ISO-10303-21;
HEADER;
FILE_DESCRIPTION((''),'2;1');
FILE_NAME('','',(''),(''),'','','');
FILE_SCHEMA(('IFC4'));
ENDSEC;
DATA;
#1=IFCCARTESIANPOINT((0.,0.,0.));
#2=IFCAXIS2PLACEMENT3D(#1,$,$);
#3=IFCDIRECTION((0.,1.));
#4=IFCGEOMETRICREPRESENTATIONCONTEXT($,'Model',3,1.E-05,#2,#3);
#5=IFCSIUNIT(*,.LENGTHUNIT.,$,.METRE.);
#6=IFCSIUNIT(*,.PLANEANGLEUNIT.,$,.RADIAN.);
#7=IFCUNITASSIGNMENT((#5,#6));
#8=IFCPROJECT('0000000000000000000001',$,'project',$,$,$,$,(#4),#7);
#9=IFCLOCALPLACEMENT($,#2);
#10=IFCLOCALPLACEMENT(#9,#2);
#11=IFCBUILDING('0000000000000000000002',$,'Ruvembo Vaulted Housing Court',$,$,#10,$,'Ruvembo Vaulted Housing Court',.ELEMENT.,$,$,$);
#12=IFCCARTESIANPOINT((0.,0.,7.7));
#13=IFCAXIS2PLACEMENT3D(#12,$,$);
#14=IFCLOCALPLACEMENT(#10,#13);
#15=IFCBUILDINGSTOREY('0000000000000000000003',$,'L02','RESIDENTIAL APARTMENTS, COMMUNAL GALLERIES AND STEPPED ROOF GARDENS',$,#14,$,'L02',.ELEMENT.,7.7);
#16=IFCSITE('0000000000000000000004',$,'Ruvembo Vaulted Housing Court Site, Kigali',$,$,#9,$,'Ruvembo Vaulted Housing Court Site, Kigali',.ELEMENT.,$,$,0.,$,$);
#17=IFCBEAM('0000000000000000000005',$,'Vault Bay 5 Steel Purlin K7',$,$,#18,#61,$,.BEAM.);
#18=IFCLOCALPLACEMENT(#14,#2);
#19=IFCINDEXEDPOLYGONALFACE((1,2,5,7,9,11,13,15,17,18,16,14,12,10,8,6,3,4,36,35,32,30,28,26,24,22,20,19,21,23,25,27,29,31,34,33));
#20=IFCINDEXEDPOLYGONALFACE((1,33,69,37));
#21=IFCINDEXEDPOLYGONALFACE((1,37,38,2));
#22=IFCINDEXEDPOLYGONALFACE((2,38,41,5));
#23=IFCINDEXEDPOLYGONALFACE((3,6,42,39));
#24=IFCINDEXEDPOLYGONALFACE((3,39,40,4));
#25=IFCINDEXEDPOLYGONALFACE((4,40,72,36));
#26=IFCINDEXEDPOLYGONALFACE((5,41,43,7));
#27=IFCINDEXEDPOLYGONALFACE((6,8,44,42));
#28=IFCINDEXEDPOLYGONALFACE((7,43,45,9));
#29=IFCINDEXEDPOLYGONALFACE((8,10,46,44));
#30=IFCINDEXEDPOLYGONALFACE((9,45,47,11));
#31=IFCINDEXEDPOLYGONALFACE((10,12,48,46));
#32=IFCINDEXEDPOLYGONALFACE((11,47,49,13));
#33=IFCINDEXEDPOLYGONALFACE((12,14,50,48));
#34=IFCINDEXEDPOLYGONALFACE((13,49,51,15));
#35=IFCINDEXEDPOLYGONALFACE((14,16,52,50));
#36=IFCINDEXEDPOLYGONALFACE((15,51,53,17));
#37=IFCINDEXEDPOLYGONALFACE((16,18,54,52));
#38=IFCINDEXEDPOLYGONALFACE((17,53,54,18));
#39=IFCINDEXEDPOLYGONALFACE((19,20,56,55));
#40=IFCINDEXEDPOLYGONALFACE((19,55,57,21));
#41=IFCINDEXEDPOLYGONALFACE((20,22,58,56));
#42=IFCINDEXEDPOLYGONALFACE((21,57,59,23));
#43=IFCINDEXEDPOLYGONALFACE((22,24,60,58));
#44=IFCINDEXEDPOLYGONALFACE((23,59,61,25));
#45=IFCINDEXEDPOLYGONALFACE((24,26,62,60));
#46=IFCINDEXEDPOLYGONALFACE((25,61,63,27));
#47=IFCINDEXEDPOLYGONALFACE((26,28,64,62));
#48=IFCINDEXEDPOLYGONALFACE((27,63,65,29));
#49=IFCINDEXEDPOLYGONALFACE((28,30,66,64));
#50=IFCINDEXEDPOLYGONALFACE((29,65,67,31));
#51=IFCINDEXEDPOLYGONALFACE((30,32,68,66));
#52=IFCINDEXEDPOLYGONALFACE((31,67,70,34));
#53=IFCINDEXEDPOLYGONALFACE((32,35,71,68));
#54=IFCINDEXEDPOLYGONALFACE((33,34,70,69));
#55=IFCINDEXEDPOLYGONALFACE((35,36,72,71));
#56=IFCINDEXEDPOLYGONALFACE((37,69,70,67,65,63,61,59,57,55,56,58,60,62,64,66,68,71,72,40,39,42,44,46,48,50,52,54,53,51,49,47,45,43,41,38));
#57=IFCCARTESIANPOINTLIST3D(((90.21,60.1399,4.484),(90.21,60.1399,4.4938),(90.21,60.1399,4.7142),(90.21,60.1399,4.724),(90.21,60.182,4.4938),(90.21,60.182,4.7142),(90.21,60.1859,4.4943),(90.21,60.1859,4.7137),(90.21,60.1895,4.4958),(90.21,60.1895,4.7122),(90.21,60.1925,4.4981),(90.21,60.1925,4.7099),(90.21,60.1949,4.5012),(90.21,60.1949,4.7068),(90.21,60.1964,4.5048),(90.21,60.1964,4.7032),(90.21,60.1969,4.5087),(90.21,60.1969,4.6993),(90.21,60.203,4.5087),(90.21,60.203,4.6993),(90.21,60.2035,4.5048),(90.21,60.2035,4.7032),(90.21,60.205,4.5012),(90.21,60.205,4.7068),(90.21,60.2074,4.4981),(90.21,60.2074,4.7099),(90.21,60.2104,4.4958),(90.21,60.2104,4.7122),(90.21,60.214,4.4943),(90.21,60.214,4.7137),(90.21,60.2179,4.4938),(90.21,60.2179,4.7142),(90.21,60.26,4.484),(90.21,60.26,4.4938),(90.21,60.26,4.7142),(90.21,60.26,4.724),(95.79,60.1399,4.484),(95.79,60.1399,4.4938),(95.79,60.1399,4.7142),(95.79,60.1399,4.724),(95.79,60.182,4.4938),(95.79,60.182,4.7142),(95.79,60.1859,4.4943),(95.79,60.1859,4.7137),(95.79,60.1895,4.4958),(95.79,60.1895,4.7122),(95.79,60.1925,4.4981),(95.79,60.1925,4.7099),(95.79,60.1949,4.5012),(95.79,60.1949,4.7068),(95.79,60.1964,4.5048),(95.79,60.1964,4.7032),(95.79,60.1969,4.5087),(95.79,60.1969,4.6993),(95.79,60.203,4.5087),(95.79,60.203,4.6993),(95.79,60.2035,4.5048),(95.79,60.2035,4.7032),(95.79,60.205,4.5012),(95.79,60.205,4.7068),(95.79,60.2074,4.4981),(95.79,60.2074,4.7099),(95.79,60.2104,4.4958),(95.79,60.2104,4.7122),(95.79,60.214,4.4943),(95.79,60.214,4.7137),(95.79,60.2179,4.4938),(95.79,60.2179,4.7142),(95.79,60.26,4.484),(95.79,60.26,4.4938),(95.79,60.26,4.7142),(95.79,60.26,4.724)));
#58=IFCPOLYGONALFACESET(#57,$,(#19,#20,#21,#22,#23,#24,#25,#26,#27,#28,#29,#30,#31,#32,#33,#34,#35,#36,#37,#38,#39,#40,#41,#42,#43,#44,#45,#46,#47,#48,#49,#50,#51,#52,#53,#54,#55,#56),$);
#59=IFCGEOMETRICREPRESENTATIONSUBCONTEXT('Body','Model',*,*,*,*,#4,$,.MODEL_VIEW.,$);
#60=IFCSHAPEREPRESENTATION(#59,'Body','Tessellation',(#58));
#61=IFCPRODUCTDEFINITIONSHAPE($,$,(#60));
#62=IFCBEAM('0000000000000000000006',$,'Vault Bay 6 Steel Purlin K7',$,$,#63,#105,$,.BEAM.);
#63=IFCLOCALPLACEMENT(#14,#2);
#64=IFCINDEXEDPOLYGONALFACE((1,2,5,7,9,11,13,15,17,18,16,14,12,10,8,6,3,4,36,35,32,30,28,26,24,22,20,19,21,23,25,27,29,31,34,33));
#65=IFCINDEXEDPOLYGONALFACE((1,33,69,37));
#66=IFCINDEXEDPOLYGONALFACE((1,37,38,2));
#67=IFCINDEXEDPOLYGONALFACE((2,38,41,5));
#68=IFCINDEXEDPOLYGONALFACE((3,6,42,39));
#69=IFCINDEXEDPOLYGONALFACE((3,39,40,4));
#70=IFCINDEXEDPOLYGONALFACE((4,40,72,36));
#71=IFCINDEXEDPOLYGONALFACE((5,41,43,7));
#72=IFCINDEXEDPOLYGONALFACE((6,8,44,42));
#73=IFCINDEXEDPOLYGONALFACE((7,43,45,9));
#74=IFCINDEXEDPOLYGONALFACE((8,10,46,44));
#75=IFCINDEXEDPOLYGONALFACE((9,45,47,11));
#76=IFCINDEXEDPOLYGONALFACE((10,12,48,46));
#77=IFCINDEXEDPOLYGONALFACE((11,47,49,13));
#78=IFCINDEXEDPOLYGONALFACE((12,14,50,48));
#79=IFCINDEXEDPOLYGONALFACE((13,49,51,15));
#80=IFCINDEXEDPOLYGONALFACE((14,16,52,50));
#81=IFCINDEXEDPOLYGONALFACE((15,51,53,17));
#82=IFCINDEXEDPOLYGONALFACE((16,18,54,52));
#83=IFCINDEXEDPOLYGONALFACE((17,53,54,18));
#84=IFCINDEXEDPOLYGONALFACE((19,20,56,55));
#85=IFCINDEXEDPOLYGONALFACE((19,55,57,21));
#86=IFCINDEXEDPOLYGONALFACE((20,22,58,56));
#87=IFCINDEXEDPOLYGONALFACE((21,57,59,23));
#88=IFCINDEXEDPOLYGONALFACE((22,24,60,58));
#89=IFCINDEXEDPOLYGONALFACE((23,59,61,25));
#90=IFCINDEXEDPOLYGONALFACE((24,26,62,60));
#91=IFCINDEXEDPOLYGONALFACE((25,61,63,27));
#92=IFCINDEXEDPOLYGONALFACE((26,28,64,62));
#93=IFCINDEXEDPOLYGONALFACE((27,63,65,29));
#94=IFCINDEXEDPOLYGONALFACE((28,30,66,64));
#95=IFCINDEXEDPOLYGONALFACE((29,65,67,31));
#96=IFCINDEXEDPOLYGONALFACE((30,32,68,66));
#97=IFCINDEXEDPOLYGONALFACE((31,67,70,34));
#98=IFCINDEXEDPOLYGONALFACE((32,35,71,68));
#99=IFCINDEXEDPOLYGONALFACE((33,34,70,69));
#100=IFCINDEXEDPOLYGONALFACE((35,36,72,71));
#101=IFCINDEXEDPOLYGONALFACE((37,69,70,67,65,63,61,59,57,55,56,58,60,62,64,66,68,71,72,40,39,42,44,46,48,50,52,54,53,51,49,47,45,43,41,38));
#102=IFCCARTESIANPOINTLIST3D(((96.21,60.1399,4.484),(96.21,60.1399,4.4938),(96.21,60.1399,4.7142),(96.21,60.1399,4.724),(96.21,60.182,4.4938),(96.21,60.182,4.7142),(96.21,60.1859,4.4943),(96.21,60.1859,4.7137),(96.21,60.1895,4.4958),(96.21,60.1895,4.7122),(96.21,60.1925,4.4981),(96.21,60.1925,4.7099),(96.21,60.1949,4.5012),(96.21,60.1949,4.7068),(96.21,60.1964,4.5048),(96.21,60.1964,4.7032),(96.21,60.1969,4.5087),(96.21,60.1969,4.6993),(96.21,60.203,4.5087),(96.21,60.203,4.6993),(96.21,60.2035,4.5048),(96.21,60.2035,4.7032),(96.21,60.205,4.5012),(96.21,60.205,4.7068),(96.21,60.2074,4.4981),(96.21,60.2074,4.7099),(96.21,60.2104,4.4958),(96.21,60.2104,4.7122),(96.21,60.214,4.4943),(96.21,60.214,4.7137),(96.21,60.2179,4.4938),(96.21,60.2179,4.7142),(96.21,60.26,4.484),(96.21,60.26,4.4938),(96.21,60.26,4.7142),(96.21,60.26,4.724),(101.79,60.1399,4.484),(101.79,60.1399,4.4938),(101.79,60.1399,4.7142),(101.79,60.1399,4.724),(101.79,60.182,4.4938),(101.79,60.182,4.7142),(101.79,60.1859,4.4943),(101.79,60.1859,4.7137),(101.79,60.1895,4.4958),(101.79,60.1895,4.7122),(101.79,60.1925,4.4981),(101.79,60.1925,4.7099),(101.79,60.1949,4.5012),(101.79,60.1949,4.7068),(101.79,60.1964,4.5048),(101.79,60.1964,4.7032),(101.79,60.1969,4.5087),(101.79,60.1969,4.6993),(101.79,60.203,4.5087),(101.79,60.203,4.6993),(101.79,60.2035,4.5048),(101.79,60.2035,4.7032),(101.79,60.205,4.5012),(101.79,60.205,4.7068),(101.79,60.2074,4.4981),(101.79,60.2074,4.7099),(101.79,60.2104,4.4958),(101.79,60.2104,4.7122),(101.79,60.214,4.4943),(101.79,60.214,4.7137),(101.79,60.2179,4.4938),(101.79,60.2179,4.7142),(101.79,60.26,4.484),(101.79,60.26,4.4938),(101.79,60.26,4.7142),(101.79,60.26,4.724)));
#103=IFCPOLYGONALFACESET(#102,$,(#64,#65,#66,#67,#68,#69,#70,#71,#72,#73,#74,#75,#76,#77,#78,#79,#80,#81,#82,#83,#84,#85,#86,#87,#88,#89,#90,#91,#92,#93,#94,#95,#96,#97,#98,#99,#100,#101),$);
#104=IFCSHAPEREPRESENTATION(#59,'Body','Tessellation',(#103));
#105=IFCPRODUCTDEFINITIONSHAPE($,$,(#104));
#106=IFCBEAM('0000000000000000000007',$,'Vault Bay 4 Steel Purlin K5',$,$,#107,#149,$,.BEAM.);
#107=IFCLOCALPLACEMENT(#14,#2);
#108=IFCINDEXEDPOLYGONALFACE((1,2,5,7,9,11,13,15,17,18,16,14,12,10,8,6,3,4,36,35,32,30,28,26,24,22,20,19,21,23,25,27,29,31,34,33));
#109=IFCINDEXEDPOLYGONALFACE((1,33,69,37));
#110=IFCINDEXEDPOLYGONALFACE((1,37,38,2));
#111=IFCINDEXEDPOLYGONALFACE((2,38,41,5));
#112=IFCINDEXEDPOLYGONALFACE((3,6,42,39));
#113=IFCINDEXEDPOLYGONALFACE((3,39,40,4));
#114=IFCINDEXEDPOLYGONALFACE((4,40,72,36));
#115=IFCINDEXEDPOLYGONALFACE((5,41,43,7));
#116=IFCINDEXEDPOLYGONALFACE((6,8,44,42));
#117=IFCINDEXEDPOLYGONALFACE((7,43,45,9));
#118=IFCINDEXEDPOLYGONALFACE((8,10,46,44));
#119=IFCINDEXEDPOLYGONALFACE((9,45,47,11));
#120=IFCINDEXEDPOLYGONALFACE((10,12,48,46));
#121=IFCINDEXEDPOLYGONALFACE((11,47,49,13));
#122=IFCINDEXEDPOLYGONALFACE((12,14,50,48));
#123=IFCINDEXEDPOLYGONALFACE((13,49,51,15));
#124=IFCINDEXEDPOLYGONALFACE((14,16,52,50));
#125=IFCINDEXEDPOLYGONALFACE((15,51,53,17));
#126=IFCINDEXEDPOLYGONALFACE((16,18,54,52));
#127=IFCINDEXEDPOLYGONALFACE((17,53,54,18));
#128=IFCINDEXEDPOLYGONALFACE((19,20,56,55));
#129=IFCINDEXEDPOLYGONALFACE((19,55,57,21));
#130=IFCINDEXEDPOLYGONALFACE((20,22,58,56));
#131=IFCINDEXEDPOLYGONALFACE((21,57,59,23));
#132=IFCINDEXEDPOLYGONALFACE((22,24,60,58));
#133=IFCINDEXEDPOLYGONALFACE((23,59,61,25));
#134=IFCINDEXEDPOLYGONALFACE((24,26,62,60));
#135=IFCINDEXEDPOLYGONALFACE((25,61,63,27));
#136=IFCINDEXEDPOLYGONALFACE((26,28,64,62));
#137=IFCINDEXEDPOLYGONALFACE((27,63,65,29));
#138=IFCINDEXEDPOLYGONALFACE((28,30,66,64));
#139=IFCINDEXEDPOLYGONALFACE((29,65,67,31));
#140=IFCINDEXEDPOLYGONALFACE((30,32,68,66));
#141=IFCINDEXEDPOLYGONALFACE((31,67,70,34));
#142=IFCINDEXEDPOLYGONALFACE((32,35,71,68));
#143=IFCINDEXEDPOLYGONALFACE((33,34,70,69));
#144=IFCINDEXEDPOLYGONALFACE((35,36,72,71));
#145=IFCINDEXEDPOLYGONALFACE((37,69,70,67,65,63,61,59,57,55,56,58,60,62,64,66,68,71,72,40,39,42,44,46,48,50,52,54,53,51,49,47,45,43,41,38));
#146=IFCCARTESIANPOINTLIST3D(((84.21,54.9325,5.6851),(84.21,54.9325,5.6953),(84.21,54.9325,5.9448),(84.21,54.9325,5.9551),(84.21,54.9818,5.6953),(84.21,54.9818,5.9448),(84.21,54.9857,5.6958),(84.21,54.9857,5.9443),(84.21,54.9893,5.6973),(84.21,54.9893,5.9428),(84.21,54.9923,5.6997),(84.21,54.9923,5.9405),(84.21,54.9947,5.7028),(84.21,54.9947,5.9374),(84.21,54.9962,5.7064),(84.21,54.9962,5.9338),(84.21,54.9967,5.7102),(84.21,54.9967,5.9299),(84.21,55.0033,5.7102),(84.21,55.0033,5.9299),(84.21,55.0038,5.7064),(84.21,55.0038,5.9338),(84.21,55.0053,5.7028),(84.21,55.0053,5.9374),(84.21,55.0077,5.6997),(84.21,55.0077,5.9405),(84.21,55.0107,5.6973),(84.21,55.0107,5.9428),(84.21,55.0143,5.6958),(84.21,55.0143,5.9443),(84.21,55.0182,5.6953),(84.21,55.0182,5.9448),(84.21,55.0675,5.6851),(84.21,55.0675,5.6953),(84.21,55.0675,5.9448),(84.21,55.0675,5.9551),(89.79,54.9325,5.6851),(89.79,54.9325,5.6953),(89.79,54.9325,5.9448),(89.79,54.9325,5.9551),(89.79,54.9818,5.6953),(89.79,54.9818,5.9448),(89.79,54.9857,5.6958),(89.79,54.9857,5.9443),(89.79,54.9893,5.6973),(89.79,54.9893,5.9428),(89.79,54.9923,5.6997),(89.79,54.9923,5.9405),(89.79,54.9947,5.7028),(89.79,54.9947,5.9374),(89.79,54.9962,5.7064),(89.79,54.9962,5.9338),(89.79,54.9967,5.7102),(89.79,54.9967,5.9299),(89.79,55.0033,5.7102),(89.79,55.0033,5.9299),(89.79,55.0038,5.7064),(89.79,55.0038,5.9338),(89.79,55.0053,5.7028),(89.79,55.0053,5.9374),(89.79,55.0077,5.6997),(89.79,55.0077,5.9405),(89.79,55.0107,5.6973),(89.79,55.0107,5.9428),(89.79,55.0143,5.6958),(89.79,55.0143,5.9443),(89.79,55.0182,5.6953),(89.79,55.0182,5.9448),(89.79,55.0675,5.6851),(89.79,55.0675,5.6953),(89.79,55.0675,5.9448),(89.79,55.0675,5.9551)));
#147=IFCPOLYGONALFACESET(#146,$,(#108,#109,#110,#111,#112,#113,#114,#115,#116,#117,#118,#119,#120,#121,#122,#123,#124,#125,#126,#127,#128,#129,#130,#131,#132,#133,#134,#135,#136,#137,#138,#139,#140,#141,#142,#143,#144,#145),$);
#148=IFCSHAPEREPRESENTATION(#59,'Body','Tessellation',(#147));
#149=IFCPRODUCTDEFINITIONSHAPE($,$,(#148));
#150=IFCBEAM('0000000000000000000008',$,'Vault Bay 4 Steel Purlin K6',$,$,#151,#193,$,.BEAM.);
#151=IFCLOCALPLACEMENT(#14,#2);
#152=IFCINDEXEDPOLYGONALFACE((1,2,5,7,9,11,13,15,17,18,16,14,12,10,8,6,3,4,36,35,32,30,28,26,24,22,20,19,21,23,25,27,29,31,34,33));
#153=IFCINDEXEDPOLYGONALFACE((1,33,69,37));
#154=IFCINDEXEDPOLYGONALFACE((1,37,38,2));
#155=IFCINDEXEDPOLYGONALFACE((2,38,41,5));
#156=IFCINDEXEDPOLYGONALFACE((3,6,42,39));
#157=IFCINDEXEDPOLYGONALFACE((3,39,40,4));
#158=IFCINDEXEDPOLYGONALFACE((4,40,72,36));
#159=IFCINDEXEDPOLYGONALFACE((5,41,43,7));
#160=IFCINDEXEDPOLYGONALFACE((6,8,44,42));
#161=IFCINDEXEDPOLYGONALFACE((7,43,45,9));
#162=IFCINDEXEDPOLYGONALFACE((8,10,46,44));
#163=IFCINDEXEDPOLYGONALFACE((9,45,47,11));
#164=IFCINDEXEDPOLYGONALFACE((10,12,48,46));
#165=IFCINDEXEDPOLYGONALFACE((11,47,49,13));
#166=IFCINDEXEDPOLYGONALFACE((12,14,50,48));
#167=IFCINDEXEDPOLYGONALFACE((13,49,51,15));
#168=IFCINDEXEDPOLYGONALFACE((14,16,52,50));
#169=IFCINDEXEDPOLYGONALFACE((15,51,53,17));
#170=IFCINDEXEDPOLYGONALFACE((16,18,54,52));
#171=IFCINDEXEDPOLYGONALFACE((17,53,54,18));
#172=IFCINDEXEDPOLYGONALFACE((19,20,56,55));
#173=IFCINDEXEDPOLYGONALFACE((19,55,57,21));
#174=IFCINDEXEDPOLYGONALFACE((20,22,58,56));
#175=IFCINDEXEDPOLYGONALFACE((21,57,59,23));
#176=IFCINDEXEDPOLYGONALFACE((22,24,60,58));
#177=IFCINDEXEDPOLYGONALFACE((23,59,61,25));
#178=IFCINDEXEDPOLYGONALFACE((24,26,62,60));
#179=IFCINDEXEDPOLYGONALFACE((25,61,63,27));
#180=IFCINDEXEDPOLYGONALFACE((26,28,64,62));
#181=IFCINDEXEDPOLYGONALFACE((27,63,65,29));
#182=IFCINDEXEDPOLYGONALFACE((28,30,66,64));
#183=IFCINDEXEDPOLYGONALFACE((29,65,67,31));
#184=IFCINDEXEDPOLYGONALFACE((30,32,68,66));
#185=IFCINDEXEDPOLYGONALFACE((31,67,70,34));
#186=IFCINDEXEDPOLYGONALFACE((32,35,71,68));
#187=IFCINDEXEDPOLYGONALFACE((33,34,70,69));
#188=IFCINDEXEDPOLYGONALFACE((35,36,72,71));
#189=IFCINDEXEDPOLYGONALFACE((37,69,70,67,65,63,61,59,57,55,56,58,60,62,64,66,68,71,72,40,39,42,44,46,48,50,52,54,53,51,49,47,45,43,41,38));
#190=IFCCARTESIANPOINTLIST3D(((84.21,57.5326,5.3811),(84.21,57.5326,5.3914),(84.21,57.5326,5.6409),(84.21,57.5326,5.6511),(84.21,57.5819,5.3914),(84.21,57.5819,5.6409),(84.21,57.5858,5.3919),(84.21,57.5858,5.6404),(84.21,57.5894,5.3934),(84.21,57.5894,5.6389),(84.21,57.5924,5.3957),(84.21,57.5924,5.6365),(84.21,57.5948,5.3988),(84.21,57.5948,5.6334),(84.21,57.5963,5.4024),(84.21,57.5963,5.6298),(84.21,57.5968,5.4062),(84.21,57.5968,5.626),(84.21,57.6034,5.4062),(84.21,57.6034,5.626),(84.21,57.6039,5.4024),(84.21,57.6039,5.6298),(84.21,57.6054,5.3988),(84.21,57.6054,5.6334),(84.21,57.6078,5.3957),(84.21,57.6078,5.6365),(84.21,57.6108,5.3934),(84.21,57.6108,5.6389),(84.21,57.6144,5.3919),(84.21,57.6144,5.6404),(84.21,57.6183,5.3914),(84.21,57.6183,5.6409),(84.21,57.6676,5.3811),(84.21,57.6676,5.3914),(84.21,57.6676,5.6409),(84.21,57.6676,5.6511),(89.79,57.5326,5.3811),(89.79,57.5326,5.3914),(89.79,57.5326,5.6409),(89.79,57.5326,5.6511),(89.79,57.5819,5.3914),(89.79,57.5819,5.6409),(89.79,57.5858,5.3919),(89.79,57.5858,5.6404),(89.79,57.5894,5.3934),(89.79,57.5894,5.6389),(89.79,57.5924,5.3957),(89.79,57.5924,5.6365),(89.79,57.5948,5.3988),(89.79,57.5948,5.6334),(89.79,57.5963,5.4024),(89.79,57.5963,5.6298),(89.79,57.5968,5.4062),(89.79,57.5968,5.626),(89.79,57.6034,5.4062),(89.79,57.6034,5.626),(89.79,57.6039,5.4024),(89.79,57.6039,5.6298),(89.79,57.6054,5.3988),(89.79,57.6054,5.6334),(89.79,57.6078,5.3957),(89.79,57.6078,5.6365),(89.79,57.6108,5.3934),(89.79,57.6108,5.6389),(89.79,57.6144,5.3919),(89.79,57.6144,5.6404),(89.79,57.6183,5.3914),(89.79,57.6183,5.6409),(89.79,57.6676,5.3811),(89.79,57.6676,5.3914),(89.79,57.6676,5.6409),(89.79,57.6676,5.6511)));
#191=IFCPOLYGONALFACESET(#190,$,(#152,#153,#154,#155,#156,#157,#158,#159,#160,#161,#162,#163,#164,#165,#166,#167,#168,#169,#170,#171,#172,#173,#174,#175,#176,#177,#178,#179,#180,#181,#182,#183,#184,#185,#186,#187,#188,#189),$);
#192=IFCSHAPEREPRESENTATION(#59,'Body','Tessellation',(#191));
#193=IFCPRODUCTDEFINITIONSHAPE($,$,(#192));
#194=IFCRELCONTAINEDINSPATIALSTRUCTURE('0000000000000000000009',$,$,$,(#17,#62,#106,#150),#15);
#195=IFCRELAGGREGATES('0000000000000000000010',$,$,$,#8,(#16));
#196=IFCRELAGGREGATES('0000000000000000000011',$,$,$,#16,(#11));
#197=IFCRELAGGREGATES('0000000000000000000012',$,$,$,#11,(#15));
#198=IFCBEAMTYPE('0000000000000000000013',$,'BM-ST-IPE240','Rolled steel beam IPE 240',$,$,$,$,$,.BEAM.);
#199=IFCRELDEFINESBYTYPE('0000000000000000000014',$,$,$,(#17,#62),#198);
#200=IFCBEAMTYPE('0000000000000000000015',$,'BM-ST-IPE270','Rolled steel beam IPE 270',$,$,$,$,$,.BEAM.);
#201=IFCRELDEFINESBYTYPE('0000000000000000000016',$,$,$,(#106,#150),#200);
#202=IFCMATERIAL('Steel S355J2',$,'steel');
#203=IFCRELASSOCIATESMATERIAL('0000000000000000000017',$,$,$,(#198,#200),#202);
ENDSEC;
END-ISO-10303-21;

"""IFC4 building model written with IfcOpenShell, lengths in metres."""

from ifc_helpers import new_model, si_unit, direction, frame, origin, origin_2d, place, context, subcontext, project, spatial, i_section, extrude, material, material_profile, profile_set, type_object, element, save


model = new_model("IFC4")

# Units and contexts
model_context = context("Model", 3, precision=1e-05, world=origin(), true_north=direction((0.0, 1.0)))
body_context = subcontext(model_context, "Body", "Model", "MODEL_VIEW")
ifc_project = project(units=[si_unit("LENGTHUNIT", "METRE"), si_unit("PLANEANGLEUNIT", "RADIAN")], contexts=[model_context])

# Site, building, storey
site_placement = place(None, origin())
site = spatial("IfcSite", under=ifc_project, at=site_placement, Name="Ruvembo Vaulted Housing Court Site, Kigali", LongName="Ruvembo Vaulted Housing Court Site, Kigali", CompositionType="ELEMENT", RefElevation=0.0)
building_placement = place(site_placement, origin())
building = spatial("IfcBuilding", under=site, at=building_placement, Name="Ruvembo Vaulted Housing Court", LongName="Ruvembo Vaulted Housing Court", CompositionType="ELEMENT")
storey_placement = place(building_placement, frame((0.0, 0.0, 7.7)))
storey = spatial("IfcBuildingStorey", under=building, at=storey_placement, Name="L02", Description="RESIDENTIAL APARTMENTS, COMMUNAL GALLERIES AND STEPPED ROOF GARDENS", LongName="L02", CompositionType="ELEMENT", Elevation=7.7)

# Beams
ifc_material_1 = material(Name="Steel S355J2", Category="steel")
ifc_material_profile_1 = material_profile(ifc_material_1, i_section(OverallWidth=0.1201, OverallDepth=0.24, WebThickness=0.0061, FlangeThickness=0.0098, FilletRadius=0.0149, at=origin_2d()), Name="IPE 240")
ifc_profile_set_1 = profile_set([ifc_material_profile_1], Name="Steel S355J2")
beam_type_1 = type_object("IfcBeamType", Name="BM-ST-IPE240", Description="Rolled steel beam IPE 240", PredefinedType="BEAM", material=ifc_profile_set_1)
for number, where, z_axis, x_axis, name in (
    (1, (90.21, 60.2, 4.604), (1.0, 0.0, 0.0), (0.0, 1.0, 0.0), "Vault Bay 5 Steel Purlin K7"),
    (2, (96.21, 60.2, 4.604), (1.0, 0.0, 0.0), (0.0, 1.0, 0.0), "Vault Bay 6 Steel Purlin K7"),
):
    element("IfcBeam", number, at=place(storey_placement, frame(where, z_axis=z_axis, x_axis=x_axis)), inside=storey, type_object=beam_type_1, Name=name, PredefinedType="BEAM", context=body_context, shape_type="SweptSolid", body=[
        extrude(i_section(OverallWidth=0.1201, OverallDepth=0.24, WebThickness=0.0061, FlangeThickness=0.0098, FilletRadius=0.0149, at=origin_2d()), origin(), (0.0, 0.0, 1.0), 5.5801),
    ])
ifc_material_profile_2 = material_profile(ifc_material_1, i_section(OverallWidth=0.135, OverallDepth=0.27, WebThickness=0.0066, FlangeThickness=0.0103, FilletRadius=0.0149, at=origin_2d()), Name="IPE 270")
ifc_profile_set_2 = profile_set([ifc_material_profile_2], Name="Steel S355J2")
beam_type_2 = type_object("IfcBeamType", Name="BM-ST-IPE270", Description="Rolled steel beam IPE 270", PredefinedType="BEAM", material=ifc_profile_set_2)
for number, where, z_axis, x_axis, name in (
    (3, (84.21, 55.0, 5.8201), (1.0, 0.0, 0.0), (0.0, 1.0, 0.0), "Vault Bay 4 Steel Purlin K5"),
    (4, (84.21, 57.6001, 5.5161), (1.0, 0.0, 0.0), (0.0, 1.0, 0.0), "Vault Bay 4 Steel Purlin K6"),
):
    element("IfcBeam", number, at=place(storey_placement, frame(where, z_axis=z_axis, x_axis=x_axis)), inside=storey, type_object=beam_type_2, Name=name, PredefinedType="BEAM", context=body_context, shape_type="SweptSolid", body=[
        extrude(i_section(OverallWidth=0.135, OverallDepth=0.27, WebThickness=0.0066, FlangeThickness=0.0103, FilletRadius=0.0149, at=origin_2d()), origin(), (0.0, 0.0, 1.0), 5.5801),
    ])

save(model, "model.ifc")
